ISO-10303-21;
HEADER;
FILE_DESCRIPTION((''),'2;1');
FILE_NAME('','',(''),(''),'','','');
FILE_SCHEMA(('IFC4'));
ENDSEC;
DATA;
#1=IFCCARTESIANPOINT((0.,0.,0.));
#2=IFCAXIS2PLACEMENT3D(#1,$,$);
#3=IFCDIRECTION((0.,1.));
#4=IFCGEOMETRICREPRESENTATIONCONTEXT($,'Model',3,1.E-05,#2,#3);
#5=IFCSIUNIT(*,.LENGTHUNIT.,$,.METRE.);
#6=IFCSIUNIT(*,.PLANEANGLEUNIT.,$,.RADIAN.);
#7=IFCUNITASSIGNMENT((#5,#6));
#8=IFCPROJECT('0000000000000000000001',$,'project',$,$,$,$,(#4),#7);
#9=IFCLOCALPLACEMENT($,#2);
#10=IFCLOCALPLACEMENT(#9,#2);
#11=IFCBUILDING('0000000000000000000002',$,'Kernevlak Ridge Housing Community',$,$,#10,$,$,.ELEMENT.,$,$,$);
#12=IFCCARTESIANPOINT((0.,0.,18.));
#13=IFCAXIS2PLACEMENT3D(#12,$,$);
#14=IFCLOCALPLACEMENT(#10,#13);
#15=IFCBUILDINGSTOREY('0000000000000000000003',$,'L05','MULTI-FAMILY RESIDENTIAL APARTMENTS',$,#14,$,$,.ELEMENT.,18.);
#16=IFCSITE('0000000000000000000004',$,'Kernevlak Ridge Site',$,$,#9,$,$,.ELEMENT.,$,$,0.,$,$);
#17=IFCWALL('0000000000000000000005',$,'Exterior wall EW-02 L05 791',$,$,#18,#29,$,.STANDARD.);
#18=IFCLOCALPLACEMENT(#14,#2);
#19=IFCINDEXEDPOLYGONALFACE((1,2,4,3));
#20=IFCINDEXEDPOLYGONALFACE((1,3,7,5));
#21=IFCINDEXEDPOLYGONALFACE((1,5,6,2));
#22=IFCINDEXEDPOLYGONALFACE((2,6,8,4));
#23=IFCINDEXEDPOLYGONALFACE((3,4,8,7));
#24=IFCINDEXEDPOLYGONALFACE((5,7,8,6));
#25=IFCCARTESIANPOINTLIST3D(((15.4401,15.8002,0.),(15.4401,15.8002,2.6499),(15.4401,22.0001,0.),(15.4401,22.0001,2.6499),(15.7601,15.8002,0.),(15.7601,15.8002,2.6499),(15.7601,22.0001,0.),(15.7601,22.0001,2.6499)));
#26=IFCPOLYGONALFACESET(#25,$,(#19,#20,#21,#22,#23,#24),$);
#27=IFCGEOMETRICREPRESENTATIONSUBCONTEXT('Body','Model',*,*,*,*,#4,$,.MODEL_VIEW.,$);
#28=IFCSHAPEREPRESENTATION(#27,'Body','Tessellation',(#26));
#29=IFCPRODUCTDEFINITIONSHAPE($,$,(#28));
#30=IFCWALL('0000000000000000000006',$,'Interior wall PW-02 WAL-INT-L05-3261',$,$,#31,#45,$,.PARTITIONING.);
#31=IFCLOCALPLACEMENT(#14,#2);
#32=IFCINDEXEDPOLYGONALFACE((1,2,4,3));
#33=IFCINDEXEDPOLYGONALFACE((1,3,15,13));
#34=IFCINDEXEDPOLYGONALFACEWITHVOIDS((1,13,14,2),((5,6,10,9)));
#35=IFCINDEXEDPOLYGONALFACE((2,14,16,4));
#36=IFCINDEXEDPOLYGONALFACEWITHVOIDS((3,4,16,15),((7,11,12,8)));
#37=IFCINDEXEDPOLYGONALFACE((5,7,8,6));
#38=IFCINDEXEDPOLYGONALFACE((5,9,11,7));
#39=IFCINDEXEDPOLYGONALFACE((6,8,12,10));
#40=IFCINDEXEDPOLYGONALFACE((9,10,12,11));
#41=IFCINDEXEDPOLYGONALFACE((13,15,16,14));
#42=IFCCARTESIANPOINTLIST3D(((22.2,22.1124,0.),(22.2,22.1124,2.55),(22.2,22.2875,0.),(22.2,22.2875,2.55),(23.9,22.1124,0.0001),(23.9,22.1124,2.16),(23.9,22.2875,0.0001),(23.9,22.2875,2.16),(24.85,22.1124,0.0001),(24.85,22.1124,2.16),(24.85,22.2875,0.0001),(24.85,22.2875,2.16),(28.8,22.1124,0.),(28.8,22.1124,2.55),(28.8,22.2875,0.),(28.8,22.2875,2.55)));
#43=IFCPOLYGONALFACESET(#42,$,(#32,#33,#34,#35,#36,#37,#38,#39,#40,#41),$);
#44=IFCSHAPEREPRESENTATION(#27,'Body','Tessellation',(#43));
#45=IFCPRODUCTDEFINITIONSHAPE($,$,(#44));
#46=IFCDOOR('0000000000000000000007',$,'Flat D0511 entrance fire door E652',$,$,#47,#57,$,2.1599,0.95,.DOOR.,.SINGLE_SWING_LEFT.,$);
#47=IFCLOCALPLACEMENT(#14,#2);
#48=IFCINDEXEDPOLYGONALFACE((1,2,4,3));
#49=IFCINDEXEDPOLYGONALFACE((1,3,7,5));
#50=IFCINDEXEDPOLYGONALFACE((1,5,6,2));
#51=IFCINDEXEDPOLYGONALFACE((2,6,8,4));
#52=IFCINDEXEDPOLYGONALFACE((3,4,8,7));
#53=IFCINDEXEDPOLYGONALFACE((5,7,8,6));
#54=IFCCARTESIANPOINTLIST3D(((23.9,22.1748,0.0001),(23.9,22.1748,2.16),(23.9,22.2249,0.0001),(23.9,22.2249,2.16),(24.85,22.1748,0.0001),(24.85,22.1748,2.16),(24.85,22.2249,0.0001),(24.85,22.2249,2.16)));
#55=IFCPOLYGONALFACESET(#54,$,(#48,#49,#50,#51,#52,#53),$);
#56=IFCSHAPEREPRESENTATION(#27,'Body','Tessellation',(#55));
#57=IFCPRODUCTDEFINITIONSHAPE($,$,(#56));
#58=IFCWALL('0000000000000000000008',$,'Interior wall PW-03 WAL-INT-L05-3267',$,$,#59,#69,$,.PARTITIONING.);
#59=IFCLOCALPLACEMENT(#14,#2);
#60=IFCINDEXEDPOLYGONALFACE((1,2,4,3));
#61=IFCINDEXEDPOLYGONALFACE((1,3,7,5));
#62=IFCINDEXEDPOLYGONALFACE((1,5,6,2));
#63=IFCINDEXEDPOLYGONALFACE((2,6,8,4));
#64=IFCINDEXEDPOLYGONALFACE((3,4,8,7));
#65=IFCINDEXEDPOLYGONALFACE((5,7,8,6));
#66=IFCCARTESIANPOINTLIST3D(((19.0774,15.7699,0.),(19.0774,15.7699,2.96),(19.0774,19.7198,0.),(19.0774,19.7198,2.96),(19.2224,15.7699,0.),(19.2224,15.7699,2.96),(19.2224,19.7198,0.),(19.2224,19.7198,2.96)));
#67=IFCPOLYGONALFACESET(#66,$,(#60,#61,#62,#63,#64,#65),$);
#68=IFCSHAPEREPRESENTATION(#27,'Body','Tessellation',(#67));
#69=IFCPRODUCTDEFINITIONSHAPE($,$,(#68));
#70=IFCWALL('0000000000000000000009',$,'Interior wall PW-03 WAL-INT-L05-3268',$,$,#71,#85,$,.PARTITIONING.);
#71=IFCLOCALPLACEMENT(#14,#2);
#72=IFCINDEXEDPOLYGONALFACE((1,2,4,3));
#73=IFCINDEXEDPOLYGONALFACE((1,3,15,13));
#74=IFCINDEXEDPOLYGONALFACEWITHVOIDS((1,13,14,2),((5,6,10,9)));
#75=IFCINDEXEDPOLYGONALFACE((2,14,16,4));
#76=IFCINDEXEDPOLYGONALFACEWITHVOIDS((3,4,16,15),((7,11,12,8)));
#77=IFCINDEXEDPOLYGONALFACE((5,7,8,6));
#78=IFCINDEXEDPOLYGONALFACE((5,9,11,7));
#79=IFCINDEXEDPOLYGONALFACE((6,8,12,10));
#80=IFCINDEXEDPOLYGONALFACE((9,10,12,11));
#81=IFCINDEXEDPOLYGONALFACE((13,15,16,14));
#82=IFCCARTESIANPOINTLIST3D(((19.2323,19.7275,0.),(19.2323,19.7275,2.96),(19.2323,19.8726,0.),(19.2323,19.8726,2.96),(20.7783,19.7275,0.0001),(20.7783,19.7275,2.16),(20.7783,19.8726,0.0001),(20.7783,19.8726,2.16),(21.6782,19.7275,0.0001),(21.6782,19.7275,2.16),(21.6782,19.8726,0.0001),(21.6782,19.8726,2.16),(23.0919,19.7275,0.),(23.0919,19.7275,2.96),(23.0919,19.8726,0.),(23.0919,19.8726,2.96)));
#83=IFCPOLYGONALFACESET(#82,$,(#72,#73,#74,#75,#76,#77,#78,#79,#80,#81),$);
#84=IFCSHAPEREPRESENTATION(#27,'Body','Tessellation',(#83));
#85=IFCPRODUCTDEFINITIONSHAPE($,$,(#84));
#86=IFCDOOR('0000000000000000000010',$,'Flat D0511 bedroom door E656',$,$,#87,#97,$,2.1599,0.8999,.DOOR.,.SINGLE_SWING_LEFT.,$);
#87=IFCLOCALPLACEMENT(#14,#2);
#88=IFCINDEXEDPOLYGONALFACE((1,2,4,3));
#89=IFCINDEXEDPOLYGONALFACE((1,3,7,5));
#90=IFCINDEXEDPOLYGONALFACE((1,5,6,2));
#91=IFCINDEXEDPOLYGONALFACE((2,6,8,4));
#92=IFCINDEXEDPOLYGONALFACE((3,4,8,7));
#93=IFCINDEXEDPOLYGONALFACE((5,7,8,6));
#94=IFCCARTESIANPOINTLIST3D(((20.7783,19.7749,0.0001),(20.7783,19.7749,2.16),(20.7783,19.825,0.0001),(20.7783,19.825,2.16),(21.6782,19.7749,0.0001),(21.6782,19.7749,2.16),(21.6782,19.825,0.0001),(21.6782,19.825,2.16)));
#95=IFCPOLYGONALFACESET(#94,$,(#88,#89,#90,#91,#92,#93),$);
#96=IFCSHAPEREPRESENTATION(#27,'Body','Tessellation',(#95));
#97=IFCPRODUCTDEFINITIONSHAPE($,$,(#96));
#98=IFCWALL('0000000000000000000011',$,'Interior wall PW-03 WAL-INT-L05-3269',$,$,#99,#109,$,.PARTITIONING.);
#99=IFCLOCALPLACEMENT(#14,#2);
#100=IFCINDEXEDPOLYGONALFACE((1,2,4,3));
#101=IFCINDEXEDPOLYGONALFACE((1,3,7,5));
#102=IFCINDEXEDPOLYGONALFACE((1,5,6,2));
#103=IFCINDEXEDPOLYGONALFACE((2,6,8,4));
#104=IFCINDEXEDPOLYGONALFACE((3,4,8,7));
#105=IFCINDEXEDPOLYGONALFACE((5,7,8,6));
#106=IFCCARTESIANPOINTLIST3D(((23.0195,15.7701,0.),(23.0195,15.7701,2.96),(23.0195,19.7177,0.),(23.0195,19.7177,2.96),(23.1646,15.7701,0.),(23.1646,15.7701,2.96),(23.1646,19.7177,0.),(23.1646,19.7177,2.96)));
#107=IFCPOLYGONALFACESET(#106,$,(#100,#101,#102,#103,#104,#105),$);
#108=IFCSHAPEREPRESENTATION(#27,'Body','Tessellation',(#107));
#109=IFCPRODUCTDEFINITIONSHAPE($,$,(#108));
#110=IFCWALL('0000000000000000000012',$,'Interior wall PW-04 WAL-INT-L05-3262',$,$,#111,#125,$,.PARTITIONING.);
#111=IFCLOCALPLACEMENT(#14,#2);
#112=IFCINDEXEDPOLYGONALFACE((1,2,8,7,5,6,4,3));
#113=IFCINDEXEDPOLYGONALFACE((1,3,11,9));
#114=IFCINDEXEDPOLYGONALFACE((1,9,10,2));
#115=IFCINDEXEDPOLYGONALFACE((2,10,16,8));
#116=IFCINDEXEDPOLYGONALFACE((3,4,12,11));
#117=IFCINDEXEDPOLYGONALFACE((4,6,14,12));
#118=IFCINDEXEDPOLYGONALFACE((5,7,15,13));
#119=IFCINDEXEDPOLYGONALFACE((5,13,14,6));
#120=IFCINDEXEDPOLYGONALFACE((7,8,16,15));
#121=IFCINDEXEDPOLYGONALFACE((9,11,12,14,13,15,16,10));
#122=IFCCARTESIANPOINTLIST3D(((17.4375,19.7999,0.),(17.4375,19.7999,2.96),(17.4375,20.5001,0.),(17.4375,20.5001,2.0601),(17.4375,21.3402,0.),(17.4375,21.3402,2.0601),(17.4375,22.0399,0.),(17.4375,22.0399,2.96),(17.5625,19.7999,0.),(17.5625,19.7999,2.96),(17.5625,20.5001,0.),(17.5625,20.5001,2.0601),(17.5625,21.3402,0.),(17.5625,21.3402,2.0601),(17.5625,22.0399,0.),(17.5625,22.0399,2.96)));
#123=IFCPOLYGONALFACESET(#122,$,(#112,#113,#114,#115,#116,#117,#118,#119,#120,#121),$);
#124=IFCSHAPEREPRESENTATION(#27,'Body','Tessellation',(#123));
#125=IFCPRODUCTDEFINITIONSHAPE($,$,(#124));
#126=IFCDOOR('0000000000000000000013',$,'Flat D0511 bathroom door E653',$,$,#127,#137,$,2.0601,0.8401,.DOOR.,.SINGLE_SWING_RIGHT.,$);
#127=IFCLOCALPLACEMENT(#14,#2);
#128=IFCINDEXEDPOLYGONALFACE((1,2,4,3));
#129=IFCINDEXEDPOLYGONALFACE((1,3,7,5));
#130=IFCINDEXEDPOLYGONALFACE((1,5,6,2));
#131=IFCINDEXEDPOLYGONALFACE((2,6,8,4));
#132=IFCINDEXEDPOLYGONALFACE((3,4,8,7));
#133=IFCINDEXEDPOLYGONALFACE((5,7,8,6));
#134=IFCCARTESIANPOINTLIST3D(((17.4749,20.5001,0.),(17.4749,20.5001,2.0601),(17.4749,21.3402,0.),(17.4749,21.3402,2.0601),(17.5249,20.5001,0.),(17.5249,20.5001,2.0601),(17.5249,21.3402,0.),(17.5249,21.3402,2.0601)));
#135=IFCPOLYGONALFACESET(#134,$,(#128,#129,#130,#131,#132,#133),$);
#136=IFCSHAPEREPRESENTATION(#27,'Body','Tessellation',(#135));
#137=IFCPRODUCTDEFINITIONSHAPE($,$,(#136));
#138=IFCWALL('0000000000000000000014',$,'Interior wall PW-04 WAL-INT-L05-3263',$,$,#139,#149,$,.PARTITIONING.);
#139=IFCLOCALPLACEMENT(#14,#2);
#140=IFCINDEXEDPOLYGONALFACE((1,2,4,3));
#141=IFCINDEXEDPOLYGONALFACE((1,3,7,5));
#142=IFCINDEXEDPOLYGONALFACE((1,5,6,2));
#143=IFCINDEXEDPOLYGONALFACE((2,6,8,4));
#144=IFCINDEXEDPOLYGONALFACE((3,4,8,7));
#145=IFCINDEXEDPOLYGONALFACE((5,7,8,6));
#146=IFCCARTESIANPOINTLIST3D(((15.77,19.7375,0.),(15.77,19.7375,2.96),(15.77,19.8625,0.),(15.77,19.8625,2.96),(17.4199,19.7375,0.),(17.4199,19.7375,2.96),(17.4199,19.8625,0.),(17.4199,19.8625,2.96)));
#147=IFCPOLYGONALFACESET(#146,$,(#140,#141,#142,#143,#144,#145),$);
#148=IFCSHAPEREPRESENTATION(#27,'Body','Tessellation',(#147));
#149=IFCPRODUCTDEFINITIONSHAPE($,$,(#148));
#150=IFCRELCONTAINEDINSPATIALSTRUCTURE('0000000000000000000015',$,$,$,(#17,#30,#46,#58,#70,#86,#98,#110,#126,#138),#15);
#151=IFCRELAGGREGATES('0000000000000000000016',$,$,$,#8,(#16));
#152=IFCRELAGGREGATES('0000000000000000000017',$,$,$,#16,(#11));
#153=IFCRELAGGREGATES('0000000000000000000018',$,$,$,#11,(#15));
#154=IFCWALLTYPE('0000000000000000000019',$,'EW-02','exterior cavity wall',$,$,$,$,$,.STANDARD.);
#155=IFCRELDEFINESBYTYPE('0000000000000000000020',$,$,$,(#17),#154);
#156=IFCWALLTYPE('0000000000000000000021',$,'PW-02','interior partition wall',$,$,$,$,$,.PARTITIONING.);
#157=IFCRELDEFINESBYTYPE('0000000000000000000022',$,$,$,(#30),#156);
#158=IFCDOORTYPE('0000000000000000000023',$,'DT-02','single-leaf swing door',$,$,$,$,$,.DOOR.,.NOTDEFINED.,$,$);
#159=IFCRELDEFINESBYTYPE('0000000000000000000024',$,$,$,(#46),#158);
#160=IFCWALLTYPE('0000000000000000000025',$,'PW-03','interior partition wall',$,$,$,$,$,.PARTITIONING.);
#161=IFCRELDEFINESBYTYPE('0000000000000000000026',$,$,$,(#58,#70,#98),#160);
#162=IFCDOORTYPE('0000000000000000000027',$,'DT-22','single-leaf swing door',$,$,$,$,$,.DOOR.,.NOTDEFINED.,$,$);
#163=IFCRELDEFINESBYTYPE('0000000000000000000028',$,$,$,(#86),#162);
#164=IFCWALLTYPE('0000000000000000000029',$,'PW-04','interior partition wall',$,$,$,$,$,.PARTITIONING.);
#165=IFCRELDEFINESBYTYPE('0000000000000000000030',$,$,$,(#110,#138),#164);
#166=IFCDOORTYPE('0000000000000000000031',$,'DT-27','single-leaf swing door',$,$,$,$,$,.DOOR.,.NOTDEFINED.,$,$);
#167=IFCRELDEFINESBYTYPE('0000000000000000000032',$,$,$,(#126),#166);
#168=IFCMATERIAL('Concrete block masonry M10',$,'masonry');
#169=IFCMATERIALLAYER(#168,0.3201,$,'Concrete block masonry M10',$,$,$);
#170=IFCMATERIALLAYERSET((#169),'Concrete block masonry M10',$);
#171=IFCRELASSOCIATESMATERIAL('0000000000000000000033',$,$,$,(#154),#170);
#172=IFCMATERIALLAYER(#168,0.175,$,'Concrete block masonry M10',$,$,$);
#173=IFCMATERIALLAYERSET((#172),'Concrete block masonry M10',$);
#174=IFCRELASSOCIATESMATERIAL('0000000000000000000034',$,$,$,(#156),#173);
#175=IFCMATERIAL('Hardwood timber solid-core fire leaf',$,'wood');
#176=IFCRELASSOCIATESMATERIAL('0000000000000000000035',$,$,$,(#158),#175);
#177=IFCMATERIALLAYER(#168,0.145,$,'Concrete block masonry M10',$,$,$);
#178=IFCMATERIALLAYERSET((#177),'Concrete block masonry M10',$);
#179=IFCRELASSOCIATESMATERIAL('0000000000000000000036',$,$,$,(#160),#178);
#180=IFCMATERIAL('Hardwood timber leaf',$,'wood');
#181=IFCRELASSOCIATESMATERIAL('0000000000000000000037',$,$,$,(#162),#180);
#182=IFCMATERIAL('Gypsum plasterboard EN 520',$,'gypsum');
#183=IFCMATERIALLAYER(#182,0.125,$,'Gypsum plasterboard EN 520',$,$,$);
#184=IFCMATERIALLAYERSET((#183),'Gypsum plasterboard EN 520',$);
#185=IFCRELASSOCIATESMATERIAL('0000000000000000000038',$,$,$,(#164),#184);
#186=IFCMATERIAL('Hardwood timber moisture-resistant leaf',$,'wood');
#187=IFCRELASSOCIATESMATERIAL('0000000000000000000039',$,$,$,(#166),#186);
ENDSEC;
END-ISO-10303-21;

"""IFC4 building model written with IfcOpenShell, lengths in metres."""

from ifc_helpers import new_model, si_unit, direction, frame, frame_2d, origin, place, context, subcontext, project, spatial, rectangle, extrude, material, layer, layer_set, type_object, element, fill, save


model = new_model("IFC4")

# Units and contexts
model_context = context("Model", 3, precision=1e-05, world=origin(), true_north=direction((0.0, 1.0)))
body_context = subcontext(model_context, "Body", "Model", "MODEL_VIEW")
ifc_project = project(units=[si_unit("LENGTHUNIT", "METRE"), si_unit("PLANEANGLEUNIT", "RADIAN")], contexts=[model_context])

# Site, building, storey
site_placement = place(None, origin())
site = spatial("IfcSite", under=ifc_project, at=site_placement, Name="Kernevlak Ridge Site", CompositionType="ELEMENT", RefElevation=0.0)
building_placement = place(site_placement, origin())
building = spatial("IfcBuilding", under=site, at=building_placement, Name="Kernevlak Ridge Housing Community", CompositionType="ELEMENT")
storey_placement = place(building_placement, frame((0.0, 0.0, 18.0)))
storey = spatial("IfcBuildingStorey", under=building, at=storey_placement, Name="L05", Description="MULTI-FAMILY RESIDENTIAL APARTMENTS", CompositionType="ELEMENT", Elevation=18.0)

# Shared definitions
ifc_material_1 = material(Name="Concrete block masonry M10", Category="masonry")
ifc_layer_1 = layer(ifc_material_1, 0.3201, Name="Concrete block masonry M10")
ifc_layer_set_1 = layer_set([ifc_layer_1], Name="Concrete block masonry M10")
wall_type_1 = type_object("IfcWallType", Name="EW-02", Description="exterior cavity wall", PredefinedType="STANDARD", material=ifc_layer_set_1)

# Wall
wall_1_placement = place(storey_placement, frame((15.6001, 15.8, 0.0), z_axis=(0.0, 0.0, 1.0), x_axis=(0.0, 1.0, 0.0)))
element("IfcWall", 1, at=wall_1_placement, inside=storey, type_object=wall_type_1, Name="Exterior wall EW-02 L05 791", PredefinedType="STANDARD", context=body_context, shape_type="SweptSolid", body=[
    extrude(rectangle(XDim=6.2, YDim=0.3201, at=frame_2d((3.1001, 0.0))), origin(), (0.0, 0.0, 1.0), 2.6499),
])

# Wall, opening, door
ifc_layer_2 = layer(ifc_material_1, 0.175, Name="Concrete block masonry M10")
ifc_layer_set_2 = layer_set([ifc_layer_2], Name="Concrete block masonry M10")
wall_type_2 = type_object("IfcWallType", Name="PW-02", Description="interior partition wall", PredefinedType="PARTITIONING", material=ifc_layer_set_2)
wall_2_placement = place(storey_placement, frame((22.2, 22.2, 0.0), z_axis=(0.0, 0.0, 1.0), x_axis=(1.0, 0.0, 0.0)))
wall_2 = element("IfcWall", 2, at=wall_2_placement, inside=storey, type_object=wall_type_2, Name="Interior wall PW-02 WAL-INT-L05-3261", PredefinedType="PARTITIONING", context=body_context, shape_type="SweptSolid", body=[
    extrude(rectangle(XDim=6.6001, YDim=0.175, at=frame_2d((3.3, 0.0))), origin(), (0.0, 0.0, 1.0), 2.55),
])
opening_1_placement = place(wall_2_placement, frame((1.7, 0.0, 0.0)))
opening_1 = element("IfcOpeningElement", 3, at=opening_1_placement, cuts=wall_2, PredefinedType="OPENING", context=body_context, shape_type="SweptSolid", body=[
    extrude(rectangle(XDim=0.95, YDim=2.1599, at=frame_2d((0.4751, 1.0801))), frame((0.0, 0.0974, 0.0), z_axis=(0.0, -1.0, 0.0), x_axis=(1.0, 0.0, 0.0)), (0.0, 0.0, 1.0), 0.1951),
])
ifc_material_2 = material(Name="Hardwood timber solid-core fire leaf", Category="wood")
door_type_1 = type_object("IfcDoorType", Name="DT-02", Description="single-leaf swing door", OperationType="NOTDEFINED", PredefinedType="DOOR", material=ifc_material_2)
door_1_placement = place(opening_1_placement, origin())
door_1 = element("IfcDoor", 4, at=door_1_placement, inside=storey, type_object=door_type_1, Name="Flat D0511 entrance fire door E652", OperationType="SINGLE_SWING_LEFT", OverallHeight=2.1599, OverallWidth=0.95, PredefinedType="DOOR", context=body_context, shape_type="SweptSolid", body=[
    extrude(rectangle(XDim=0.95, YDim=2.1599, at=frame_2d((0.4751, 1.0801))), frame((0.0, 0.0249, 0.0), z_axis=(0.0, -1.0, 0.0), x_axis=(1.0, 0.0, 0.0)), (0.0, 0.0, 1.0), 0.05),
])
fill(opening_1, door_1)

# Wall
ifc_layer_3 = layer(ifc_material_1, 0.145, Name="Concrete block masonry M10")
ifc_layer_set_3 = layer_set([ifc_layer_3], Name="Concrete block masonry M10")
wall_type_3 = type_object("IfcWallType", Name="PW-03", Description="interior partition wall", PredefinedType="PARTITIONING", material=ifc_layer_set_3)
wall_3_placement = place(storey_placement, frame((19.1499, 19.72, 0.0), z_axis=(0.0, 0.0, 1.0), x_axis=(0.0, -1.0, 0.0)))
element("IfcWall", 5, at=wall_3_placement, inside=storey, type_object=wall_type_3, Name="Interior wall PW-03 WAL-INT-L05-3267", PredefinedType="PARTITIONING", context=body_context, shape_type="SweptSolid", body=[
    extrude(rectangle(XDim=3.95, YDim=0.145, at=frame_2d((1.9751, 0.0))), origin(), (0.0, 0.0, 1.0), 2.96),
])

# Wall, opening, door
wall_4_placement = place(storey_placement, frame((19.2324, 19.8, 0.0), z_axis=(0.0, 0.0, 1.0), x_axis=(1.0, 0.0, 0.0)))
wall_4 = element("IfcWall", 6, at=wall_4_placement, inside=storey, type_object=wall_type_3, Name="Interior wall PW-03 WAL-INT-L05-3268", PredefinedType="PARTITIONING", context=body_context, shape_type="SweptSolid", body=[
    extrude(rectangle(XDim=3.8596, YDim=0.145, at=frame_2d((1.9297, 0.0))), origin(), (0.0, 0.0, 1.0), 2.96),
])
opening_2_placement = place(wall_4_placement, frame((1.5459, 0.0, 0.0)))
opening_2 = element("IfcOpeningElement", 7, at=opening_2_placement, cuts=wall_4, PredefinedType="OPENING", context=body_context, shape_type="SweptSolid", body=[
    extrude(rectangle(XDim=0.8999, YDim=2.1599, at=frame_2d((0.45, 1.0801))), frame((0.0, 0.0825, 0.0), z_axis=(0.0, -1.0, 0.0), x_axis=(1.0, 0.0, 0.0)), (0.0, 0.0, 1.0), 0.165),
])
ifc_material_3 = material(Name="Hardwood timber leaf", Category="wood")
door_type_2 = type_object("IfcDoorType", Name="DT-22", Description="single-leaf swing door", OperationType="NOTDEFINED", PredefinedType="DOOR", material=ifc_material_3)
door_2_placement = place(opening_2_placement, origin())
door_2 = element("IfcDoor", 8, at=door_2_placement, inside=storey, type_object=door_type_2, Name="Flat D0511 bedroom door E656", OperationType="SINGLE_SWING_LEFT", OverallHeight=2.1599, OverallWidth=0.8999, PredefinedType="DOOR", context=body_context, shape_type="SweptSolid", body=[
    extrude(rectangle(XDim=0.8999, YDim=2.1599, at=frame_2d((0.45, 1.0801))), frame((0.0, 0.0249, 0.0), z_axis=(0.0, -1.0, 0.0), x_axis=(1.0, 0.0, 0.0)), (0.0, 0.0, 1.0), 0.05),
])
fill(opening_2, door_2)

# Wall
wall_5_placement = place(storey_placement, frame((23.092, 19.7175, 0.0), z_axis=(0.0, 0.0, 1.0), x_axis=(0.0, -1.0, 0.0)))
element("IfcWall", 9, at=wall_5_placement, inside=storey, type_object=wall_type_3, Name="Interior wall PW-03 WAL-INT-L05-3269", PredefinedType="PARTITIONING", context=body_context, shape_type="SweptSolid", body=[
    extrude(rectangle(XDim=3.9475, YDim=0.145, at=frame_2d((1.9736, 0.0))), origin(), (0.0, 0.0, 1.0), 2.96),
])

# Wall, opening, door
ifc_material_4 = material(Name="Gypsum plasterboard EN 520", Category="gypsum")
ifc_layer_4 = layer(ifc_material_4, 0.125, Name="Gypsum plasterboard EN 520")
ifc_layer_set_4 = layer_set([ifc_layer_4], Name="Gypsum plasterboard EN 520")
wall_type_4 = type_object("IfcWallType", Name="PW-04", Description="interior partition wall", PredefinedType="PARTITIONING", material=ifc_layer_set_4)
wall_6_placement = place(storey_placement, frame((17.5, 22.04, 0.0), z_axis=(0.0, 0.0, 1.0), x_axis=(0.0, -1.0, 0.0)))
wall_6 = element("IfcWall", 10, at=wall_6_placement, inside=storey, type_object=wall_type_4, Name="Interior wall PW-04 WAL-INT-L05-3262", PredefinedType="PARTITIONING", context=body_context, shape_type="SweptSolid", body=[
    extrude(rectangle(XDim=2.24, YDim=0.125, at=frame_2d((1.1201, 0.0))), origin(), (0.0, 0.0, 1.0), 2.96),
])
opening_3_placement = place(wall_6_placement, frame((0.7, 0.0, 0.0)))
opening_3 = element("IfcOpeningElement", 11, at=opening_3_placement, cuts=wall_6, PredefinedType="OPENING", context=body_context, shape_type="SweptSolid", body=[
    extrude(rectangle(XDim=0.8401, YDim=2.0601, at=frame_2d((0.4199, 1.03))), frame((0.0, 0.0725, 0.0), z_axis=(0.0, -1.0, 0.0), x_axis=(1.0, 0.0, 0.0)), (0.0, 0.0, 1.0), 0.145),
])
ifc_material_5 = material(Name="Hardwood timber moisture-resistant leaf", Category="wood")
door_type_3 = type_object("IfcDoorType", Name="DT-27", Description="single-leaf swing door", OperationType="NOTDEFINED", PredefinedType="DOOR", material=ifc_material_5)
door_3_placement = place(opening_3_placement, origin())
door_3 = element("IfcDoor", 12, at=door_3_placement, inside=storey, type_object=door_type_3, Name="Flat D0511 bathroom door E653", OperationType="SINGLE_SWING_RIGHT", OverallHeight=2.0601, OverallWidth=0.8401, PredefinedType="DOOR", context=body_context, shape_type="SweptSolid", body=[
    extrude(rectangle(XDim=0.8401, YDim=2.0601, at=frame_2d((0.4199, 1.03))), frame((0.0, 0.0249, 0.0), z_axis=(0.0, -1.0, 0.0), x_axis=(1.0, 0.0, 0.0)), (0.0, 0.0, 1.0), 0.05),
])
fill(opening_3, door_3)

# Wall
wall_7_placement = place(storey_placement, frame((15.77, 19.8, 0.0), z_axis=(0.0, 0.0, 1.0), x_axis=(1.0, 0.0, 0.0)))
element("IfcWall", 13, at=wall_7_placement, inside=storey, type_object=wall_type_4, Name="Interior wall PW-04 WAL-INT-L05-3263", PredefinedType="PARTITIONING", context=body_context, shape_type="SweptSolid", body=[
    extrude(rectangle(XDim=1.6499, YDim=0.125, at=frame_2d((0.825, 0.0))), origin(), (0.0, 0.0, 1.0), 2.96),
])

save(model, "model.ifc")
